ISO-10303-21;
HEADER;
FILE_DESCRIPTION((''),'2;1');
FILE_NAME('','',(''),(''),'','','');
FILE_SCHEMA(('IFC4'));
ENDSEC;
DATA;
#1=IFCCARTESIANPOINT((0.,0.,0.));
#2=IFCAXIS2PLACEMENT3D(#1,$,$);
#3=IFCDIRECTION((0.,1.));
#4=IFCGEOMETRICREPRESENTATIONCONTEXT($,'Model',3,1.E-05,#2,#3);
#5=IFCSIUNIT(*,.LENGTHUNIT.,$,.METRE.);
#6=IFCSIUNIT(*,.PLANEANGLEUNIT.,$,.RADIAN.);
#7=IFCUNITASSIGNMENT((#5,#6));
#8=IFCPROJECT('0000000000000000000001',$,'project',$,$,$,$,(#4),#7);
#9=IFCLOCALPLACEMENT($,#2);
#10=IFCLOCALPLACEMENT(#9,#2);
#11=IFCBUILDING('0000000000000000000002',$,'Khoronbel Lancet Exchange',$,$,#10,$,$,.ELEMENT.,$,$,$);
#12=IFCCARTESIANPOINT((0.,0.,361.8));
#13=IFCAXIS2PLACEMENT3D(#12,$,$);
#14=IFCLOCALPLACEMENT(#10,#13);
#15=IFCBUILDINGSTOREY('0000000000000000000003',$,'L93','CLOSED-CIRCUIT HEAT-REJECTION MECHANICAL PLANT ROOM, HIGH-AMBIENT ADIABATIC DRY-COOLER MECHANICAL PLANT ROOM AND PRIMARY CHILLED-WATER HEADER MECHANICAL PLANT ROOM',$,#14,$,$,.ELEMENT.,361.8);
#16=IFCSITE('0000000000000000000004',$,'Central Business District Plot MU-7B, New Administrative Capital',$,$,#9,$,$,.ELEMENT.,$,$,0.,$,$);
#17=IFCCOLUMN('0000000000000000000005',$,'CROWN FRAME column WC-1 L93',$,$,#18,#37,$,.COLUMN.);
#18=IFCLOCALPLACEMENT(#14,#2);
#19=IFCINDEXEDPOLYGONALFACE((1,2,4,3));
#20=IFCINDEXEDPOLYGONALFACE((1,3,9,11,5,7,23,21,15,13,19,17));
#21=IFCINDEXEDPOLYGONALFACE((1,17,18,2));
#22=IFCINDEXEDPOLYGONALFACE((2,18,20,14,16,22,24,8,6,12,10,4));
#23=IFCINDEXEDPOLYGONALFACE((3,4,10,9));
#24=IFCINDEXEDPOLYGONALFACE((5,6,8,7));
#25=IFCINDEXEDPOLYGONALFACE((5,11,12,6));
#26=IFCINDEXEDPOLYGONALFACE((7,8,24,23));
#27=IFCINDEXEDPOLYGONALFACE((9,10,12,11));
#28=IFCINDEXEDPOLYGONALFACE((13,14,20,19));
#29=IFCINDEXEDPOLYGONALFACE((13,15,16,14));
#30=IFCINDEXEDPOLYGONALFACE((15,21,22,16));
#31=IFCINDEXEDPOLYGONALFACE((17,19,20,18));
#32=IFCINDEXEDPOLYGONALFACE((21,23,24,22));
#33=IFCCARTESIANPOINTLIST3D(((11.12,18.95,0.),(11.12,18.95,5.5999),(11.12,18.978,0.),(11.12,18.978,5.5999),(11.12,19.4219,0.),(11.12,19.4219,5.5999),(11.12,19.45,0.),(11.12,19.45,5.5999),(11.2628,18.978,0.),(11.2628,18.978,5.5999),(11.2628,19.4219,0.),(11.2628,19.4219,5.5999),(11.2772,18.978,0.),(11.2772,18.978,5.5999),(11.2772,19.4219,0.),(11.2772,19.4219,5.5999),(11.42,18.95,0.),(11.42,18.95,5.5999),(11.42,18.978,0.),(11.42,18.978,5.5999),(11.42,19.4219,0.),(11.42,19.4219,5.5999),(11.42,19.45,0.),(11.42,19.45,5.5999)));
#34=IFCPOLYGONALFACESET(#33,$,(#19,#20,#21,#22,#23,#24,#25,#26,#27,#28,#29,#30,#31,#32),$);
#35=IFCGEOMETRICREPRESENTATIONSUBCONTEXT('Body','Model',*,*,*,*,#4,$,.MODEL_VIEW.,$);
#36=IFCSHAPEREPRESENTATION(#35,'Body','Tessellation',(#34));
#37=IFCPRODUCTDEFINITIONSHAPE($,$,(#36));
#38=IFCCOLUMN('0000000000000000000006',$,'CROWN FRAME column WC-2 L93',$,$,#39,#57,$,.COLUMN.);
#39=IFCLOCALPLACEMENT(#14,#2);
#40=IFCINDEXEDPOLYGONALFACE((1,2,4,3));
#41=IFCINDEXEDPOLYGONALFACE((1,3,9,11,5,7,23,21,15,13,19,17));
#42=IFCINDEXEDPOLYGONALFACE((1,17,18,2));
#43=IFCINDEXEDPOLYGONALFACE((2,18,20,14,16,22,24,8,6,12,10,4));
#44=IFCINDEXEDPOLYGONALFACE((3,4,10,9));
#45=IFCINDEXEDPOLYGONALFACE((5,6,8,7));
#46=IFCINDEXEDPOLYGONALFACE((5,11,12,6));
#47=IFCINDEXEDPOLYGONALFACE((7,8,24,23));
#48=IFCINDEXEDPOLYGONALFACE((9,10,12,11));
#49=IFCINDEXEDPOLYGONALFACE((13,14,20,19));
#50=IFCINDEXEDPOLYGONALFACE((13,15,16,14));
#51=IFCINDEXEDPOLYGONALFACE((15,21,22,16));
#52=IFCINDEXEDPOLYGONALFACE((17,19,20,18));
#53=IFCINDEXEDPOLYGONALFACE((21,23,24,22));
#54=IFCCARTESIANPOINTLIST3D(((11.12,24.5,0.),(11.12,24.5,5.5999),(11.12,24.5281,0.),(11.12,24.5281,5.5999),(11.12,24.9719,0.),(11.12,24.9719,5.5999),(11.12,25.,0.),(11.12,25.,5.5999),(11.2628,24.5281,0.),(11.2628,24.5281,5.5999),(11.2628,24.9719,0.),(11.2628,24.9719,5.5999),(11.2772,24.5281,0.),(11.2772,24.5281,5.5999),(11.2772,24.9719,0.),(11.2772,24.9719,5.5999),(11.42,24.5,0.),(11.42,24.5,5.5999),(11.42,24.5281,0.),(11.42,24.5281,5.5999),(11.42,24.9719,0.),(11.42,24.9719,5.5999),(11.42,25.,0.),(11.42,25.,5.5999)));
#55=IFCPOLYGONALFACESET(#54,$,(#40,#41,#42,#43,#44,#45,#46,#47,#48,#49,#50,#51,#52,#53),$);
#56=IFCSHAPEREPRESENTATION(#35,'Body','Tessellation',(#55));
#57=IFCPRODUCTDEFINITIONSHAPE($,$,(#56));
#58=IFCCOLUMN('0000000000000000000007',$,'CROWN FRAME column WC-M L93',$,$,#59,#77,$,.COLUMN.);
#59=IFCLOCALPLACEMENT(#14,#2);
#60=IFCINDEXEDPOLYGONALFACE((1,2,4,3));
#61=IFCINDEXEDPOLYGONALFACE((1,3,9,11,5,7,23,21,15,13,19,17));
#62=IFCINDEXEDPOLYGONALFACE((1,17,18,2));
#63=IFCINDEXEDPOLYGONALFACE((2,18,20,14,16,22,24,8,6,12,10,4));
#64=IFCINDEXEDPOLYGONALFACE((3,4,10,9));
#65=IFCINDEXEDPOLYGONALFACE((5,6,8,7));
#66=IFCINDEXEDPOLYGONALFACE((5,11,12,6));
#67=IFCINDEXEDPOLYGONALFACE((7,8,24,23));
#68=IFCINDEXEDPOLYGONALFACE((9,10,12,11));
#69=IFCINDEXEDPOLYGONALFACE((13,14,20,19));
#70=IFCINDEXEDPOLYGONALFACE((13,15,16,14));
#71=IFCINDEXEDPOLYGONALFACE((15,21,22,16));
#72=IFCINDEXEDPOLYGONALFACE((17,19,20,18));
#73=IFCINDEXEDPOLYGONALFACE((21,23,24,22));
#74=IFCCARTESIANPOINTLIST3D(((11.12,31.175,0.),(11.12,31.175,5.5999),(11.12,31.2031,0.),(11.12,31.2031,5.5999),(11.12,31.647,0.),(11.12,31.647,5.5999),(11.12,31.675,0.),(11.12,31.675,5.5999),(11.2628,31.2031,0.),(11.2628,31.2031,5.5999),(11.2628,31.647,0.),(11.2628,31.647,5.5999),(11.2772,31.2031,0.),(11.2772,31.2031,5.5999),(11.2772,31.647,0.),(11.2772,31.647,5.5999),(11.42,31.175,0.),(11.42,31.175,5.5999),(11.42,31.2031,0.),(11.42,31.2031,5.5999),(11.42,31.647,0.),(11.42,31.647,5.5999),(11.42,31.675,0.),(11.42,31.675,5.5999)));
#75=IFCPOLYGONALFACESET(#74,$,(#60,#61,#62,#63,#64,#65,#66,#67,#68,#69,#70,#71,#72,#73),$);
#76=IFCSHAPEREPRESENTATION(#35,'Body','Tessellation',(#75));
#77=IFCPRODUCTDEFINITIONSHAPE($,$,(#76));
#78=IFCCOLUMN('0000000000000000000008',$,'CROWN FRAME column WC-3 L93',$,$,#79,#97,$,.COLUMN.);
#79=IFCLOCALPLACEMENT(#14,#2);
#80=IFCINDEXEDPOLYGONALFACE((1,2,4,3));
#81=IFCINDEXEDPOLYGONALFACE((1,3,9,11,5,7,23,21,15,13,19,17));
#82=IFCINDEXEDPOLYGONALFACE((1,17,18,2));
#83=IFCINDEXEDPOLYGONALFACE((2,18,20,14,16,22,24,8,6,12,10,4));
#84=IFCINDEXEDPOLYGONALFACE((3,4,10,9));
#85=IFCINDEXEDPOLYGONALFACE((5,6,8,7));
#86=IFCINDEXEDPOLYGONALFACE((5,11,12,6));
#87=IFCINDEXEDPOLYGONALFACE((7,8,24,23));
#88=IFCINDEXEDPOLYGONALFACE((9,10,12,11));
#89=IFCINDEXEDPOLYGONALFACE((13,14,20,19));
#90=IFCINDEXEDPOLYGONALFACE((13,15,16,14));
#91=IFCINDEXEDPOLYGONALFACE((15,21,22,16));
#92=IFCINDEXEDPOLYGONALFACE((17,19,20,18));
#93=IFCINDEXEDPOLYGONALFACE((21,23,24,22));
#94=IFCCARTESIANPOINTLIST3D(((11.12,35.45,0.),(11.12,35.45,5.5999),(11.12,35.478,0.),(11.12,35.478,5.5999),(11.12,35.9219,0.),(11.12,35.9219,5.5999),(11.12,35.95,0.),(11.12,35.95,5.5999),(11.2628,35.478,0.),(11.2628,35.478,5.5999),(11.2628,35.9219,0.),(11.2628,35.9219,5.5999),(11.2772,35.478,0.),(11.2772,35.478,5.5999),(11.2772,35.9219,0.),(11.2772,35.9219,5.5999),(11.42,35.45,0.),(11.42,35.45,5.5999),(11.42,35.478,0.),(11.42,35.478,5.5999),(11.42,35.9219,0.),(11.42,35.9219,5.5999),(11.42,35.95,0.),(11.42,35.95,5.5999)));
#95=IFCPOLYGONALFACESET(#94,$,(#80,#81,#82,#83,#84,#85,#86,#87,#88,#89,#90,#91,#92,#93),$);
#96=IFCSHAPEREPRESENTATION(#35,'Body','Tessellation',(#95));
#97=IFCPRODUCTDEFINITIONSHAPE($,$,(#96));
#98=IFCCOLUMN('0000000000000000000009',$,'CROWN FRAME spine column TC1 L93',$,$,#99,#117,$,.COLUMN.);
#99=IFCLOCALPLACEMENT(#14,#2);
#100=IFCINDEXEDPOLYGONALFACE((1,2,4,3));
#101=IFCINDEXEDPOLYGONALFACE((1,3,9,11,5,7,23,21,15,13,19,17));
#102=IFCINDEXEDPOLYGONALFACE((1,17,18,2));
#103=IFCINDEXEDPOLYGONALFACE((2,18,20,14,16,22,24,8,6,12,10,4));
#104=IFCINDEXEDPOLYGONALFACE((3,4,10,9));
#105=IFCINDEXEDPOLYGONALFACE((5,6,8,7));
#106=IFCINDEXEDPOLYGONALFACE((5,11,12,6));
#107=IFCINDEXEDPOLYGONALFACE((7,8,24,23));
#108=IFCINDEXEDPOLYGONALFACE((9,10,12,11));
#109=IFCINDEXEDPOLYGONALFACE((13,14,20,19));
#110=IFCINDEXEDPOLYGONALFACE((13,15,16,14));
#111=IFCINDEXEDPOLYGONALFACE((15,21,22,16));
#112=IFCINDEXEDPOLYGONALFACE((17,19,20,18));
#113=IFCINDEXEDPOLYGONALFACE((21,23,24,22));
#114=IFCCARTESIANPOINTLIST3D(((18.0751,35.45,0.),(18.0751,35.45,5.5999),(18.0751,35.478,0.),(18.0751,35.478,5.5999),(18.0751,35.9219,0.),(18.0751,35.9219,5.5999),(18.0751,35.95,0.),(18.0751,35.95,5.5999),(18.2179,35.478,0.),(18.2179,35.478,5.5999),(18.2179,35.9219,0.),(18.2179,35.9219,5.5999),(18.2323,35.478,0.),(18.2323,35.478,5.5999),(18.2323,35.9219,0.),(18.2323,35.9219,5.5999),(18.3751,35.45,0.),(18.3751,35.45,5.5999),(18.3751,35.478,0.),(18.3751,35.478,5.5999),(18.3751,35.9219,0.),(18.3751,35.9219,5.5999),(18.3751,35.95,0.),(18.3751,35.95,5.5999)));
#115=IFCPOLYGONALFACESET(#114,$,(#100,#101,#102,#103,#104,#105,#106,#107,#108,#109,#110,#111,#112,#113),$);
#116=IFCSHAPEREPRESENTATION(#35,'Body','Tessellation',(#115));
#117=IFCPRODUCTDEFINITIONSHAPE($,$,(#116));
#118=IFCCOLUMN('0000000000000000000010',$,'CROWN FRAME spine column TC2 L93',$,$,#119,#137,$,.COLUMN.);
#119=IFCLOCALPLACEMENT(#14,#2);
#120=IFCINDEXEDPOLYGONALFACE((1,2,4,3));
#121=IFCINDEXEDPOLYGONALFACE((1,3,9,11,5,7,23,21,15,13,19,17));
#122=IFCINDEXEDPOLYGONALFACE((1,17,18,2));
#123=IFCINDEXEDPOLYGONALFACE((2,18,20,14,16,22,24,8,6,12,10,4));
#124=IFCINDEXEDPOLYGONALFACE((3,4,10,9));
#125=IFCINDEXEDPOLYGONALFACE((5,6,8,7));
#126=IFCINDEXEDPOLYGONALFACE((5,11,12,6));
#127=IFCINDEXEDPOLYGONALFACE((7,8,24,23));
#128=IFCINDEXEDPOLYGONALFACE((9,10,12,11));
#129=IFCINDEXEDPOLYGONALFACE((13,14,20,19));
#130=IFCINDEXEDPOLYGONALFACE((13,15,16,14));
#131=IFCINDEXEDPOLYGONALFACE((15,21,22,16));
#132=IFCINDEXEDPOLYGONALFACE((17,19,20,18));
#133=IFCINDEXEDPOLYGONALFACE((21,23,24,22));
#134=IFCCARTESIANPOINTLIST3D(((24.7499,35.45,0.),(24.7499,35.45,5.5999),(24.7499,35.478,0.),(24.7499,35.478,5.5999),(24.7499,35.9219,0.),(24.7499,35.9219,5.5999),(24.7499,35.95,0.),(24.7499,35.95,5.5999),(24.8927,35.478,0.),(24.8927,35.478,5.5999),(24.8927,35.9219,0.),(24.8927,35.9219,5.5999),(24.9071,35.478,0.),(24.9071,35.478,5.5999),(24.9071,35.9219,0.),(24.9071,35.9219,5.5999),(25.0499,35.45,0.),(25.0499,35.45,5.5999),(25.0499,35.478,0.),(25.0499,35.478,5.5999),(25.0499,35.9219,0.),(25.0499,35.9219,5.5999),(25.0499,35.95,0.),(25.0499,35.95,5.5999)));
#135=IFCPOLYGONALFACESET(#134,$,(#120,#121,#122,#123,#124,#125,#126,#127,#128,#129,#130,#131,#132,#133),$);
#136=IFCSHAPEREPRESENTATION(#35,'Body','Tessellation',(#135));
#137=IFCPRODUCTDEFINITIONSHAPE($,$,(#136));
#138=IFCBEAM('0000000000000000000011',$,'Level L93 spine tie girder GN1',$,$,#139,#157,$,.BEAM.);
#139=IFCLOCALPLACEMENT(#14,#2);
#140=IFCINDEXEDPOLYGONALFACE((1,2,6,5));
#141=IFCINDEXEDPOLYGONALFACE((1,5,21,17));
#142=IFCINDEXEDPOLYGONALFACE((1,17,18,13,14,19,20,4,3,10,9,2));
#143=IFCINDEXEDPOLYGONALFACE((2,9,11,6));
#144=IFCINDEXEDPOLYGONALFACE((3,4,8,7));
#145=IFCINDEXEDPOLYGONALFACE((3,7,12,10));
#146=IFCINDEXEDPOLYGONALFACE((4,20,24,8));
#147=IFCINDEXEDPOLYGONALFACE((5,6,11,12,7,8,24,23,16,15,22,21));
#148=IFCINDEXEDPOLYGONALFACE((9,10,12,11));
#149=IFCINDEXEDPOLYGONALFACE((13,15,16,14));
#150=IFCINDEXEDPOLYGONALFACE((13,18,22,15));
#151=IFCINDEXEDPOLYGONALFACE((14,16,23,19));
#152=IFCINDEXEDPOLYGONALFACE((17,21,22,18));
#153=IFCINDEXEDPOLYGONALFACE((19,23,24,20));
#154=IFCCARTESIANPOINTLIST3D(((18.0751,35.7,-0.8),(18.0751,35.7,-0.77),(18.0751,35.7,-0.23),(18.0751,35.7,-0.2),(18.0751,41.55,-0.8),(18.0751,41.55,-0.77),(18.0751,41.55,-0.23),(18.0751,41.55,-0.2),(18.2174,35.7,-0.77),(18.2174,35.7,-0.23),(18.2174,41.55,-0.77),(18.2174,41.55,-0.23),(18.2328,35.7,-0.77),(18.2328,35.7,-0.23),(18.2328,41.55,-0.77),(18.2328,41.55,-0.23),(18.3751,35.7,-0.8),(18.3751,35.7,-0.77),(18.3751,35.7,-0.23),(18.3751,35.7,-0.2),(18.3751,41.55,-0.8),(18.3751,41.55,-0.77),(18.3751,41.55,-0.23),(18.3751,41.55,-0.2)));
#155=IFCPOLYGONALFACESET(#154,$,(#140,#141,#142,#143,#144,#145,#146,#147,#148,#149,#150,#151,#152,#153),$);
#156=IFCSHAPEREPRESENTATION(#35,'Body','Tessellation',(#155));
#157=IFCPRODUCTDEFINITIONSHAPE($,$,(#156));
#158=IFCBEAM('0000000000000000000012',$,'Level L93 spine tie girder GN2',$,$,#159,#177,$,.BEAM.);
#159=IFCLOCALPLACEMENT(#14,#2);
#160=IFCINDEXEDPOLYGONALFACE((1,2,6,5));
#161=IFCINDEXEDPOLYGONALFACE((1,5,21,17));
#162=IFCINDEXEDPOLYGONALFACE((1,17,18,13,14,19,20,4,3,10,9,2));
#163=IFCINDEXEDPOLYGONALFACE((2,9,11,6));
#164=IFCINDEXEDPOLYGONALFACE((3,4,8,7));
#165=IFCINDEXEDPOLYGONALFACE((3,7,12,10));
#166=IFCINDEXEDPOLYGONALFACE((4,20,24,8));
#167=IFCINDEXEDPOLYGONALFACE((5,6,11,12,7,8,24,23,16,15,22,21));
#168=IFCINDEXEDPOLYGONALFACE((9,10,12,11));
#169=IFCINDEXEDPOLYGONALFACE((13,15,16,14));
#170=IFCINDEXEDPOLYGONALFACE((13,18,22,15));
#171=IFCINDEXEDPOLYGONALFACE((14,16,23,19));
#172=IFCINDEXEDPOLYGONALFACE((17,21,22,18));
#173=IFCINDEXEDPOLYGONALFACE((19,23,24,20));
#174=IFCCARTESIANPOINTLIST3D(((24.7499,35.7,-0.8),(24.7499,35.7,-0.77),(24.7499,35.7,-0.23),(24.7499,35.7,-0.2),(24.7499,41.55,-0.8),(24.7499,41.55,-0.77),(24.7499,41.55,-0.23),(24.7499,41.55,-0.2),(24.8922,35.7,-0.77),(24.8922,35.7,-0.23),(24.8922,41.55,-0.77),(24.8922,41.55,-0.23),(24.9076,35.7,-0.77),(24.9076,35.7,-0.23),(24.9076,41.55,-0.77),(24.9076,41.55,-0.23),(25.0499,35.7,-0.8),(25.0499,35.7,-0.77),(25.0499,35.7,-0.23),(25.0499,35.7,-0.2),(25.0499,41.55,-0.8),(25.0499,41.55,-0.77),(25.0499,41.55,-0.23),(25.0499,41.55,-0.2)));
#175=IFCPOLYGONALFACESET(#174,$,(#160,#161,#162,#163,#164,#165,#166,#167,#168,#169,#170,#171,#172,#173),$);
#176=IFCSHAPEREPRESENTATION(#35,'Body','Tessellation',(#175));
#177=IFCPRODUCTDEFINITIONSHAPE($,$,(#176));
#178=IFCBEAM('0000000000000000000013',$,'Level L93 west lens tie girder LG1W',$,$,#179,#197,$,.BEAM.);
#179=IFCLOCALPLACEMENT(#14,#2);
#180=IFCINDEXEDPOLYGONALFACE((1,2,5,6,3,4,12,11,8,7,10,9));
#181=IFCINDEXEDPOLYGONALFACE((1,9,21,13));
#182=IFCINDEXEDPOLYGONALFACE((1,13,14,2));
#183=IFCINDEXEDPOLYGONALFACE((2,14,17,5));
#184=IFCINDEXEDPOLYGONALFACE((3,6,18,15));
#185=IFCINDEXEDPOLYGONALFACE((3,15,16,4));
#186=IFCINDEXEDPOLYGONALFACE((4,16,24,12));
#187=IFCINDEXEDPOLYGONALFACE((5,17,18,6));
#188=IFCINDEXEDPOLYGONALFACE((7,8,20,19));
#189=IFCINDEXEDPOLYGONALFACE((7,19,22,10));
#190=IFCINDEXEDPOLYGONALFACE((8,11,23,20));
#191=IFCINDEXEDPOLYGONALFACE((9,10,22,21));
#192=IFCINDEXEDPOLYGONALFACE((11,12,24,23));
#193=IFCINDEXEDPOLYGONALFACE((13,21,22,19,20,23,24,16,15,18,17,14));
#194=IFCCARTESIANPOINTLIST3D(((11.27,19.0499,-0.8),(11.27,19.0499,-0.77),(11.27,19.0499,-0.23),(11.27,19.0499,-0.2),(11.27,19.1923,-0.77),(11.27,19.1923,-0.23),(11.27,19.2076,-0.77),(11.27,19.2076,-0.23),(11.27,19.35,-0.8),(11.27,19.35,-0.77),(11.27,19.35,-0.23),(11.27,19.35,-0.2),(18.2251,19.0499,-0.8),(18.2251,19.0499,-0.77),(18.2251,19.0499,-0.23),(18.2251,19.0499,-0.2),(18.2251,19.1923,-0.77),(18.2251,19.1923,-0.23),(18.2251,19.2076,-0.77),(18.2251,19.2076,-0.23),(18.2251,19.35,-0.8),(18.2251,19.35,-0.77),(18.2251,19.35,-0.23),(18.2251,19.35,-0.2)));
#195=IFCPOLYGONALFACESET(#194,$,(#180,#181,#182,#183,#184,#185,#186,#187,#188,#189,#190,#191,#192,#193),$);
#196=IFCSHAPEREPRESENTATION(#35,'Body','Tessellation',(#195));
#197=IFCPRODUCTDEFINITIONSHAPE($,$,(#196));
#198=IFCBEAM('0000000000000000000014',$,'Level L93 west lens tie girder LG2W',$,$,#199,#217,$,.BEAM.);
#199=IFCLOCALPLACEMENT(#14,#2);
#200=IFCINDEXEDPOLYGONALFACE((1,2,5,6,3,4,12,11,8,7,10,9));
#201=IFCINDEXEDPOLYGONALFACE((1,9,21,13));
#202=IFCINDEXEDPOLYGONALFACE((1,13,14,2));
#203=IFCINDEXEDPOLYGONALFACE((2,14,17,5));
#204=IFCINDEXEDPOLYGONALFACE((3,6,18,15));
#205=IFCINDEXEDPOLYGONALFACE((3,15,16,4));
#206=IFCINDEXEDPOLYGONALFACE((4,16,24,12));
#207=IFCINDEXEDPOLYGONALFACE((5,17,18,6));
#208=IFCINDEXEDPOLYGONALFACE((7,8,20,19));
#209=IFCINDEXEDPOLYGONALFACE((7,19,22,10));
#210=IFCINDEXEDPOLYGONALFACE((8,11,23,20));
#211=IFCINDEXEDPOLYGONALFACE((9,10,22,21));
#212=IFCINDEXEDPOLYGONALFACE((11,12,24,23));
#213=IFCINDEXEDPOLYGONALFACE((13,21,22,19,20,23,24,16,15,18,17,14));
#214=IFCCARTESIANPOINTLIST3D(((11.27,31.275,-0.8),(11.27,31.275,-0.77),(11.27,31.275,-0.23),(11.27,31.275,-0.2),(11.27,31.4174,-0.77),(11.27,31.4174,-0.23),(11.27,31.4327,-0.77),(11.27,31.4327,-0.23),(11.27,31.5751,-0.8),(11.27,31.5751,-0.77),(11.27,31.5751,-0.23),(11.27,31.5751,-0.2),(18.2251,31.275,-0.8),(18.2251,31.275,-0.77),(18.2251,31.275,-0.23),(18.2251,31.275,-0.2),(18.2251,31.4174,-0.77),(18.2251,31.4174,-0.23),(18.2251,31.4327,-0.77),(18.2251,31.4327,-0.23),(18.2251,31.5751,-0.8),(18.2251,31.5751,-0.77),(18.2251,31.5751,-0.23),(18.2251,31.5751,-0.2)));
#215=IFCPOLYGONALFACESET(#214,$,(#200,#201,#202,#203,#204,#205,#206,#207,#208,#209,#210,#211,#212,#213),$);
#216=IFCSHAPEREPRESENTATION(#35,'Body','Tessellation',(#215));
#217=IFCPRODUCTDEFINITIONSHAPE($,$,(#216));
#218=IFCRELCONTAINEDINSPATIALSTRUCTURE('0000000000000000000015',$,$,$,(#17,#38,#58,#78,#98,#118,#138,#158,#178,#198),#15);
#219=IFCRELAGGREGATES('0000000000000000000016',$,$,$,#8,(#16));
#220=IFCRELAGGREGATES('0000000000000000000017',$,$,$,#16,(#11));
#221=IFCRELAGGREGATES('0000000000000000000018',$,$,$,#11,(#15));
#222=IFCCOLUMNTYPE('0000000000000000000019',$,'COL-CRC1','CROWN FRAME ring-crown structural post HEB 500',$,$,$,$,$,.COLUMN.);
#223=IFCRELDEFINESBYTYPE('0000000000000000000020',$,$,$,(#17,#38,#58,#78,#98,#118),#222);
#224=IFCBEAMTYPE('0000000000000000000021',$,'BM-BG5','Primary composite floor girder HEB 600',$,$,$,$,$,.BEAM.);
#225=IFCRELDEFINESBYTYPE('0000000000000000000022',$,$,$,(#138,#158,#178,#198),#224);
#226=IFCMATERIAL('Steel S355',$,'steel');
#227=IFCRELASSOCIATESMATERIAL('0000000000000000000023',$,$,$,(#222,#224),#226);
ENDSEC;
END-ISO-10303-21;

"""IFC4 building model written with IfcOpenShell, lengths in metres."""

from ifc_helpers import new_model, si_unit, direction, frame, origin, origin_2d, place, context, subcontext, project, spatial, i_section, extrude, material, material_profile, profile_set, type_object, element, save


model = new_model("IFC4")

# Units and contexts
model_context = context("Model", 3, precision=1e-05, world=origin(), true_north=direction((0.0, 1.0)))
body_context = subcontext(model_context, "Body", "Model", "MODEL_VIEW")
ifc_project = project(units=[si_unit("LENGTHUNIT", "METRE"), si_unit("PLANEANGLEUNIT", "RADIAN")], contexts=[model_context])

# Site, building, storey
site_placement = place(None, origin())
site = spatial("IfcSite", under=ifc_project, at=site_placement, Name="Central Business District Plot MU-7B, New Administrative Capital", CompositionType="ELEMENT", RefElevation=0.0)
building_placement = place(site_placement, origin())
building = spatial("IfcBuilding", under=site, at=building_placement, Name="Khoronbel Lancet Exchange", CompositionType="ELEMENT")
storey_placement = place(building_placement, frame((0.0, 0.0, 361.8)))
storey = spatial("IfcBuildingStorey", under=building, at=storey_placement, Name="L93", Description="CLOSED-CIRCUIT HEAT-REJECTION MECHANICAL PLANT ROOM, HIGH-AMBIENT ADIABATIC DRY-COOLER MECHANICAL PLANT ROOM AND PRIMARY CHILLED-WATER HEADER MECHANICAL PLANT ROOM", CompositionType="ELEMENT", Elevation=361.8)

# Columns
ifc_material_1 = material(Name="Steel S355", Category="steel")
ifc_material_profile_1 = material_profile(ifc_material_1, i_section(OverallWidth=0.3, OverallDepth=0.5, WebThickness=0.0144, FlangeThickness=0.0281, at=origin_2d()), Name="HEB 500")
ifc_profile_set_1 = profile_set([ifc_material_profile_1], Name="Steel S355")
column_type = type_object("IfcColumnType", Name="COL-CRC1", Description="CROWN FRAME ring-crown structural post HEB 500", PredefinedType="COLUMN", material=ifc_profile_set_1)
for number, where, z_axis, x_axis, name in (
    (1, (11.27, 19.2, 0.0), (0.0, 0.0, 1.0), (1.0, 0.0, 0.0), "CROWN FRAME column WC-1 L93"),
    (2, (11.27, 24.75, 0.0), (0.0, 0.0, 1.0), (1.0, 0.0, 0.0), "CROWN FRAME column WC-2 L93"),
    (3, (11.27, 31.425, 0.0), (0.0, 0.0, 1.0), (1.0, 0.0, 0.0), "CROWN FRAME column WC-M L93"),
    (4, (11.27, 35.7, 0.0), (0.0, 0.0, 1.0), (1.0, 0.0, 0.0), "CROWN FRAME column WC-3 L93"),
    (5, (18.2251, 35.7, 0.0), (0.0, 0.0, 1.0), (1.0, 0.0, 0.0), "CROWN FRAME spine column TC1 L93"),
    (6, (24.8999, 35.7, 0.0), (0.0, 0.0, 1.0), (1.0, 0.0, 0.0), "CROWN FRAME spine column TC2 L93"),
):
    element("IfcColumn", number, at=place(storey_placement, frame(where, z_axis=z_axis, x_axis=x_axis)), inside=storey, type_object=column_type, Name=name, PredefinedType="COLUMN", context=body_context, shape_type="SweptSolid", body=[
        extrude(i_section(OverallWidth=0.3, OverallDepth=0.5, WebThickness=0.0144, FlangeThickness=0.0281, at=origin_2d()), origin(), (0.0, 0.0, 1.0), 5.5999),
    ])

# Beams
ifc_material_profile_2 = material_profile(ifc_material_1, i_section(OverallWidth=0.3, OverallDepth=0.6001, WebThickness=0.0154, FlangeThickness=0.03, at=origin_2d()), Name="HEB 600")
ifc_profile_set_2 = profile_set([ifc_material_profile_2], Name="Steel S355")
beam_type_1 = type_object("IfcBeamType", Name="BM-BG5", Description="Primary composite floor girder HEB 600", PredefinedType="BEAM", material=ifc_profile_set_2)
for number, where, z_axis, x_axis, name in (
    (7, (18.2251, 35.7, -0.5), (0.0, 1.0, 0.0), (-1.0, 0.0, 0.0), "Level L93 spine tie girder GN1"),
    (8, (24.8999, 35.7, -0.5), (0.0, 1.0, 0.0), (-1.0, 0.0, 0.0), "Level L93 spine tie girder GN2"),
):
    element("IfcBeam", number, at=place(storey_placement, frame(where, z_axis=z_axis, x_axis=x_axis)), inside=storey, type_object=beam_type_1, Name=name, PredefinedType="BEAM", context=body_context, shape_type="SweptSolid", body=[
        extrude(i_section(OverallWidth=0.3, OverallDepth=0.6001, WebThickness=0.0154, FlangeThickness=0.03, at=origin_2d()), origin(), (0.0, 0.0, 1.0), 5.8501),
    ])
for number, where, z_axis, x_axis, name in (
    (9, (11.27, 19.2, -0.5), (1.0, 0.0, 0.0), (0.0, 1.0, 0.0), "Level L93 west lens tie girder LG1W"),
    (10, (11.27, 31.425, -0.5), (1.0, 0.0, 0.0), (0.0, 1.0, 0.0), "Level L93 west lens tie girder LG2W"),
):
    element("IfcBeam", number, at=place(storey_placement, frame(where, z_axis=z_axis, x_axis=x_axis)), inside=storey, type_object=beam_type_1, Name=name, PredefinedType="BEAM", context=body_context, shape_type="SweptSolid", body=[
        extrude(i_section(OverallWidth=0.3, OverallDepth=0.6001, WebThickness=0.0154, FlangeThickness=0.03, at=origin_2d()), origin(), (0.0, 0.0, 1.0), 6.9551),
    ])

save(model, "model.ifc")
